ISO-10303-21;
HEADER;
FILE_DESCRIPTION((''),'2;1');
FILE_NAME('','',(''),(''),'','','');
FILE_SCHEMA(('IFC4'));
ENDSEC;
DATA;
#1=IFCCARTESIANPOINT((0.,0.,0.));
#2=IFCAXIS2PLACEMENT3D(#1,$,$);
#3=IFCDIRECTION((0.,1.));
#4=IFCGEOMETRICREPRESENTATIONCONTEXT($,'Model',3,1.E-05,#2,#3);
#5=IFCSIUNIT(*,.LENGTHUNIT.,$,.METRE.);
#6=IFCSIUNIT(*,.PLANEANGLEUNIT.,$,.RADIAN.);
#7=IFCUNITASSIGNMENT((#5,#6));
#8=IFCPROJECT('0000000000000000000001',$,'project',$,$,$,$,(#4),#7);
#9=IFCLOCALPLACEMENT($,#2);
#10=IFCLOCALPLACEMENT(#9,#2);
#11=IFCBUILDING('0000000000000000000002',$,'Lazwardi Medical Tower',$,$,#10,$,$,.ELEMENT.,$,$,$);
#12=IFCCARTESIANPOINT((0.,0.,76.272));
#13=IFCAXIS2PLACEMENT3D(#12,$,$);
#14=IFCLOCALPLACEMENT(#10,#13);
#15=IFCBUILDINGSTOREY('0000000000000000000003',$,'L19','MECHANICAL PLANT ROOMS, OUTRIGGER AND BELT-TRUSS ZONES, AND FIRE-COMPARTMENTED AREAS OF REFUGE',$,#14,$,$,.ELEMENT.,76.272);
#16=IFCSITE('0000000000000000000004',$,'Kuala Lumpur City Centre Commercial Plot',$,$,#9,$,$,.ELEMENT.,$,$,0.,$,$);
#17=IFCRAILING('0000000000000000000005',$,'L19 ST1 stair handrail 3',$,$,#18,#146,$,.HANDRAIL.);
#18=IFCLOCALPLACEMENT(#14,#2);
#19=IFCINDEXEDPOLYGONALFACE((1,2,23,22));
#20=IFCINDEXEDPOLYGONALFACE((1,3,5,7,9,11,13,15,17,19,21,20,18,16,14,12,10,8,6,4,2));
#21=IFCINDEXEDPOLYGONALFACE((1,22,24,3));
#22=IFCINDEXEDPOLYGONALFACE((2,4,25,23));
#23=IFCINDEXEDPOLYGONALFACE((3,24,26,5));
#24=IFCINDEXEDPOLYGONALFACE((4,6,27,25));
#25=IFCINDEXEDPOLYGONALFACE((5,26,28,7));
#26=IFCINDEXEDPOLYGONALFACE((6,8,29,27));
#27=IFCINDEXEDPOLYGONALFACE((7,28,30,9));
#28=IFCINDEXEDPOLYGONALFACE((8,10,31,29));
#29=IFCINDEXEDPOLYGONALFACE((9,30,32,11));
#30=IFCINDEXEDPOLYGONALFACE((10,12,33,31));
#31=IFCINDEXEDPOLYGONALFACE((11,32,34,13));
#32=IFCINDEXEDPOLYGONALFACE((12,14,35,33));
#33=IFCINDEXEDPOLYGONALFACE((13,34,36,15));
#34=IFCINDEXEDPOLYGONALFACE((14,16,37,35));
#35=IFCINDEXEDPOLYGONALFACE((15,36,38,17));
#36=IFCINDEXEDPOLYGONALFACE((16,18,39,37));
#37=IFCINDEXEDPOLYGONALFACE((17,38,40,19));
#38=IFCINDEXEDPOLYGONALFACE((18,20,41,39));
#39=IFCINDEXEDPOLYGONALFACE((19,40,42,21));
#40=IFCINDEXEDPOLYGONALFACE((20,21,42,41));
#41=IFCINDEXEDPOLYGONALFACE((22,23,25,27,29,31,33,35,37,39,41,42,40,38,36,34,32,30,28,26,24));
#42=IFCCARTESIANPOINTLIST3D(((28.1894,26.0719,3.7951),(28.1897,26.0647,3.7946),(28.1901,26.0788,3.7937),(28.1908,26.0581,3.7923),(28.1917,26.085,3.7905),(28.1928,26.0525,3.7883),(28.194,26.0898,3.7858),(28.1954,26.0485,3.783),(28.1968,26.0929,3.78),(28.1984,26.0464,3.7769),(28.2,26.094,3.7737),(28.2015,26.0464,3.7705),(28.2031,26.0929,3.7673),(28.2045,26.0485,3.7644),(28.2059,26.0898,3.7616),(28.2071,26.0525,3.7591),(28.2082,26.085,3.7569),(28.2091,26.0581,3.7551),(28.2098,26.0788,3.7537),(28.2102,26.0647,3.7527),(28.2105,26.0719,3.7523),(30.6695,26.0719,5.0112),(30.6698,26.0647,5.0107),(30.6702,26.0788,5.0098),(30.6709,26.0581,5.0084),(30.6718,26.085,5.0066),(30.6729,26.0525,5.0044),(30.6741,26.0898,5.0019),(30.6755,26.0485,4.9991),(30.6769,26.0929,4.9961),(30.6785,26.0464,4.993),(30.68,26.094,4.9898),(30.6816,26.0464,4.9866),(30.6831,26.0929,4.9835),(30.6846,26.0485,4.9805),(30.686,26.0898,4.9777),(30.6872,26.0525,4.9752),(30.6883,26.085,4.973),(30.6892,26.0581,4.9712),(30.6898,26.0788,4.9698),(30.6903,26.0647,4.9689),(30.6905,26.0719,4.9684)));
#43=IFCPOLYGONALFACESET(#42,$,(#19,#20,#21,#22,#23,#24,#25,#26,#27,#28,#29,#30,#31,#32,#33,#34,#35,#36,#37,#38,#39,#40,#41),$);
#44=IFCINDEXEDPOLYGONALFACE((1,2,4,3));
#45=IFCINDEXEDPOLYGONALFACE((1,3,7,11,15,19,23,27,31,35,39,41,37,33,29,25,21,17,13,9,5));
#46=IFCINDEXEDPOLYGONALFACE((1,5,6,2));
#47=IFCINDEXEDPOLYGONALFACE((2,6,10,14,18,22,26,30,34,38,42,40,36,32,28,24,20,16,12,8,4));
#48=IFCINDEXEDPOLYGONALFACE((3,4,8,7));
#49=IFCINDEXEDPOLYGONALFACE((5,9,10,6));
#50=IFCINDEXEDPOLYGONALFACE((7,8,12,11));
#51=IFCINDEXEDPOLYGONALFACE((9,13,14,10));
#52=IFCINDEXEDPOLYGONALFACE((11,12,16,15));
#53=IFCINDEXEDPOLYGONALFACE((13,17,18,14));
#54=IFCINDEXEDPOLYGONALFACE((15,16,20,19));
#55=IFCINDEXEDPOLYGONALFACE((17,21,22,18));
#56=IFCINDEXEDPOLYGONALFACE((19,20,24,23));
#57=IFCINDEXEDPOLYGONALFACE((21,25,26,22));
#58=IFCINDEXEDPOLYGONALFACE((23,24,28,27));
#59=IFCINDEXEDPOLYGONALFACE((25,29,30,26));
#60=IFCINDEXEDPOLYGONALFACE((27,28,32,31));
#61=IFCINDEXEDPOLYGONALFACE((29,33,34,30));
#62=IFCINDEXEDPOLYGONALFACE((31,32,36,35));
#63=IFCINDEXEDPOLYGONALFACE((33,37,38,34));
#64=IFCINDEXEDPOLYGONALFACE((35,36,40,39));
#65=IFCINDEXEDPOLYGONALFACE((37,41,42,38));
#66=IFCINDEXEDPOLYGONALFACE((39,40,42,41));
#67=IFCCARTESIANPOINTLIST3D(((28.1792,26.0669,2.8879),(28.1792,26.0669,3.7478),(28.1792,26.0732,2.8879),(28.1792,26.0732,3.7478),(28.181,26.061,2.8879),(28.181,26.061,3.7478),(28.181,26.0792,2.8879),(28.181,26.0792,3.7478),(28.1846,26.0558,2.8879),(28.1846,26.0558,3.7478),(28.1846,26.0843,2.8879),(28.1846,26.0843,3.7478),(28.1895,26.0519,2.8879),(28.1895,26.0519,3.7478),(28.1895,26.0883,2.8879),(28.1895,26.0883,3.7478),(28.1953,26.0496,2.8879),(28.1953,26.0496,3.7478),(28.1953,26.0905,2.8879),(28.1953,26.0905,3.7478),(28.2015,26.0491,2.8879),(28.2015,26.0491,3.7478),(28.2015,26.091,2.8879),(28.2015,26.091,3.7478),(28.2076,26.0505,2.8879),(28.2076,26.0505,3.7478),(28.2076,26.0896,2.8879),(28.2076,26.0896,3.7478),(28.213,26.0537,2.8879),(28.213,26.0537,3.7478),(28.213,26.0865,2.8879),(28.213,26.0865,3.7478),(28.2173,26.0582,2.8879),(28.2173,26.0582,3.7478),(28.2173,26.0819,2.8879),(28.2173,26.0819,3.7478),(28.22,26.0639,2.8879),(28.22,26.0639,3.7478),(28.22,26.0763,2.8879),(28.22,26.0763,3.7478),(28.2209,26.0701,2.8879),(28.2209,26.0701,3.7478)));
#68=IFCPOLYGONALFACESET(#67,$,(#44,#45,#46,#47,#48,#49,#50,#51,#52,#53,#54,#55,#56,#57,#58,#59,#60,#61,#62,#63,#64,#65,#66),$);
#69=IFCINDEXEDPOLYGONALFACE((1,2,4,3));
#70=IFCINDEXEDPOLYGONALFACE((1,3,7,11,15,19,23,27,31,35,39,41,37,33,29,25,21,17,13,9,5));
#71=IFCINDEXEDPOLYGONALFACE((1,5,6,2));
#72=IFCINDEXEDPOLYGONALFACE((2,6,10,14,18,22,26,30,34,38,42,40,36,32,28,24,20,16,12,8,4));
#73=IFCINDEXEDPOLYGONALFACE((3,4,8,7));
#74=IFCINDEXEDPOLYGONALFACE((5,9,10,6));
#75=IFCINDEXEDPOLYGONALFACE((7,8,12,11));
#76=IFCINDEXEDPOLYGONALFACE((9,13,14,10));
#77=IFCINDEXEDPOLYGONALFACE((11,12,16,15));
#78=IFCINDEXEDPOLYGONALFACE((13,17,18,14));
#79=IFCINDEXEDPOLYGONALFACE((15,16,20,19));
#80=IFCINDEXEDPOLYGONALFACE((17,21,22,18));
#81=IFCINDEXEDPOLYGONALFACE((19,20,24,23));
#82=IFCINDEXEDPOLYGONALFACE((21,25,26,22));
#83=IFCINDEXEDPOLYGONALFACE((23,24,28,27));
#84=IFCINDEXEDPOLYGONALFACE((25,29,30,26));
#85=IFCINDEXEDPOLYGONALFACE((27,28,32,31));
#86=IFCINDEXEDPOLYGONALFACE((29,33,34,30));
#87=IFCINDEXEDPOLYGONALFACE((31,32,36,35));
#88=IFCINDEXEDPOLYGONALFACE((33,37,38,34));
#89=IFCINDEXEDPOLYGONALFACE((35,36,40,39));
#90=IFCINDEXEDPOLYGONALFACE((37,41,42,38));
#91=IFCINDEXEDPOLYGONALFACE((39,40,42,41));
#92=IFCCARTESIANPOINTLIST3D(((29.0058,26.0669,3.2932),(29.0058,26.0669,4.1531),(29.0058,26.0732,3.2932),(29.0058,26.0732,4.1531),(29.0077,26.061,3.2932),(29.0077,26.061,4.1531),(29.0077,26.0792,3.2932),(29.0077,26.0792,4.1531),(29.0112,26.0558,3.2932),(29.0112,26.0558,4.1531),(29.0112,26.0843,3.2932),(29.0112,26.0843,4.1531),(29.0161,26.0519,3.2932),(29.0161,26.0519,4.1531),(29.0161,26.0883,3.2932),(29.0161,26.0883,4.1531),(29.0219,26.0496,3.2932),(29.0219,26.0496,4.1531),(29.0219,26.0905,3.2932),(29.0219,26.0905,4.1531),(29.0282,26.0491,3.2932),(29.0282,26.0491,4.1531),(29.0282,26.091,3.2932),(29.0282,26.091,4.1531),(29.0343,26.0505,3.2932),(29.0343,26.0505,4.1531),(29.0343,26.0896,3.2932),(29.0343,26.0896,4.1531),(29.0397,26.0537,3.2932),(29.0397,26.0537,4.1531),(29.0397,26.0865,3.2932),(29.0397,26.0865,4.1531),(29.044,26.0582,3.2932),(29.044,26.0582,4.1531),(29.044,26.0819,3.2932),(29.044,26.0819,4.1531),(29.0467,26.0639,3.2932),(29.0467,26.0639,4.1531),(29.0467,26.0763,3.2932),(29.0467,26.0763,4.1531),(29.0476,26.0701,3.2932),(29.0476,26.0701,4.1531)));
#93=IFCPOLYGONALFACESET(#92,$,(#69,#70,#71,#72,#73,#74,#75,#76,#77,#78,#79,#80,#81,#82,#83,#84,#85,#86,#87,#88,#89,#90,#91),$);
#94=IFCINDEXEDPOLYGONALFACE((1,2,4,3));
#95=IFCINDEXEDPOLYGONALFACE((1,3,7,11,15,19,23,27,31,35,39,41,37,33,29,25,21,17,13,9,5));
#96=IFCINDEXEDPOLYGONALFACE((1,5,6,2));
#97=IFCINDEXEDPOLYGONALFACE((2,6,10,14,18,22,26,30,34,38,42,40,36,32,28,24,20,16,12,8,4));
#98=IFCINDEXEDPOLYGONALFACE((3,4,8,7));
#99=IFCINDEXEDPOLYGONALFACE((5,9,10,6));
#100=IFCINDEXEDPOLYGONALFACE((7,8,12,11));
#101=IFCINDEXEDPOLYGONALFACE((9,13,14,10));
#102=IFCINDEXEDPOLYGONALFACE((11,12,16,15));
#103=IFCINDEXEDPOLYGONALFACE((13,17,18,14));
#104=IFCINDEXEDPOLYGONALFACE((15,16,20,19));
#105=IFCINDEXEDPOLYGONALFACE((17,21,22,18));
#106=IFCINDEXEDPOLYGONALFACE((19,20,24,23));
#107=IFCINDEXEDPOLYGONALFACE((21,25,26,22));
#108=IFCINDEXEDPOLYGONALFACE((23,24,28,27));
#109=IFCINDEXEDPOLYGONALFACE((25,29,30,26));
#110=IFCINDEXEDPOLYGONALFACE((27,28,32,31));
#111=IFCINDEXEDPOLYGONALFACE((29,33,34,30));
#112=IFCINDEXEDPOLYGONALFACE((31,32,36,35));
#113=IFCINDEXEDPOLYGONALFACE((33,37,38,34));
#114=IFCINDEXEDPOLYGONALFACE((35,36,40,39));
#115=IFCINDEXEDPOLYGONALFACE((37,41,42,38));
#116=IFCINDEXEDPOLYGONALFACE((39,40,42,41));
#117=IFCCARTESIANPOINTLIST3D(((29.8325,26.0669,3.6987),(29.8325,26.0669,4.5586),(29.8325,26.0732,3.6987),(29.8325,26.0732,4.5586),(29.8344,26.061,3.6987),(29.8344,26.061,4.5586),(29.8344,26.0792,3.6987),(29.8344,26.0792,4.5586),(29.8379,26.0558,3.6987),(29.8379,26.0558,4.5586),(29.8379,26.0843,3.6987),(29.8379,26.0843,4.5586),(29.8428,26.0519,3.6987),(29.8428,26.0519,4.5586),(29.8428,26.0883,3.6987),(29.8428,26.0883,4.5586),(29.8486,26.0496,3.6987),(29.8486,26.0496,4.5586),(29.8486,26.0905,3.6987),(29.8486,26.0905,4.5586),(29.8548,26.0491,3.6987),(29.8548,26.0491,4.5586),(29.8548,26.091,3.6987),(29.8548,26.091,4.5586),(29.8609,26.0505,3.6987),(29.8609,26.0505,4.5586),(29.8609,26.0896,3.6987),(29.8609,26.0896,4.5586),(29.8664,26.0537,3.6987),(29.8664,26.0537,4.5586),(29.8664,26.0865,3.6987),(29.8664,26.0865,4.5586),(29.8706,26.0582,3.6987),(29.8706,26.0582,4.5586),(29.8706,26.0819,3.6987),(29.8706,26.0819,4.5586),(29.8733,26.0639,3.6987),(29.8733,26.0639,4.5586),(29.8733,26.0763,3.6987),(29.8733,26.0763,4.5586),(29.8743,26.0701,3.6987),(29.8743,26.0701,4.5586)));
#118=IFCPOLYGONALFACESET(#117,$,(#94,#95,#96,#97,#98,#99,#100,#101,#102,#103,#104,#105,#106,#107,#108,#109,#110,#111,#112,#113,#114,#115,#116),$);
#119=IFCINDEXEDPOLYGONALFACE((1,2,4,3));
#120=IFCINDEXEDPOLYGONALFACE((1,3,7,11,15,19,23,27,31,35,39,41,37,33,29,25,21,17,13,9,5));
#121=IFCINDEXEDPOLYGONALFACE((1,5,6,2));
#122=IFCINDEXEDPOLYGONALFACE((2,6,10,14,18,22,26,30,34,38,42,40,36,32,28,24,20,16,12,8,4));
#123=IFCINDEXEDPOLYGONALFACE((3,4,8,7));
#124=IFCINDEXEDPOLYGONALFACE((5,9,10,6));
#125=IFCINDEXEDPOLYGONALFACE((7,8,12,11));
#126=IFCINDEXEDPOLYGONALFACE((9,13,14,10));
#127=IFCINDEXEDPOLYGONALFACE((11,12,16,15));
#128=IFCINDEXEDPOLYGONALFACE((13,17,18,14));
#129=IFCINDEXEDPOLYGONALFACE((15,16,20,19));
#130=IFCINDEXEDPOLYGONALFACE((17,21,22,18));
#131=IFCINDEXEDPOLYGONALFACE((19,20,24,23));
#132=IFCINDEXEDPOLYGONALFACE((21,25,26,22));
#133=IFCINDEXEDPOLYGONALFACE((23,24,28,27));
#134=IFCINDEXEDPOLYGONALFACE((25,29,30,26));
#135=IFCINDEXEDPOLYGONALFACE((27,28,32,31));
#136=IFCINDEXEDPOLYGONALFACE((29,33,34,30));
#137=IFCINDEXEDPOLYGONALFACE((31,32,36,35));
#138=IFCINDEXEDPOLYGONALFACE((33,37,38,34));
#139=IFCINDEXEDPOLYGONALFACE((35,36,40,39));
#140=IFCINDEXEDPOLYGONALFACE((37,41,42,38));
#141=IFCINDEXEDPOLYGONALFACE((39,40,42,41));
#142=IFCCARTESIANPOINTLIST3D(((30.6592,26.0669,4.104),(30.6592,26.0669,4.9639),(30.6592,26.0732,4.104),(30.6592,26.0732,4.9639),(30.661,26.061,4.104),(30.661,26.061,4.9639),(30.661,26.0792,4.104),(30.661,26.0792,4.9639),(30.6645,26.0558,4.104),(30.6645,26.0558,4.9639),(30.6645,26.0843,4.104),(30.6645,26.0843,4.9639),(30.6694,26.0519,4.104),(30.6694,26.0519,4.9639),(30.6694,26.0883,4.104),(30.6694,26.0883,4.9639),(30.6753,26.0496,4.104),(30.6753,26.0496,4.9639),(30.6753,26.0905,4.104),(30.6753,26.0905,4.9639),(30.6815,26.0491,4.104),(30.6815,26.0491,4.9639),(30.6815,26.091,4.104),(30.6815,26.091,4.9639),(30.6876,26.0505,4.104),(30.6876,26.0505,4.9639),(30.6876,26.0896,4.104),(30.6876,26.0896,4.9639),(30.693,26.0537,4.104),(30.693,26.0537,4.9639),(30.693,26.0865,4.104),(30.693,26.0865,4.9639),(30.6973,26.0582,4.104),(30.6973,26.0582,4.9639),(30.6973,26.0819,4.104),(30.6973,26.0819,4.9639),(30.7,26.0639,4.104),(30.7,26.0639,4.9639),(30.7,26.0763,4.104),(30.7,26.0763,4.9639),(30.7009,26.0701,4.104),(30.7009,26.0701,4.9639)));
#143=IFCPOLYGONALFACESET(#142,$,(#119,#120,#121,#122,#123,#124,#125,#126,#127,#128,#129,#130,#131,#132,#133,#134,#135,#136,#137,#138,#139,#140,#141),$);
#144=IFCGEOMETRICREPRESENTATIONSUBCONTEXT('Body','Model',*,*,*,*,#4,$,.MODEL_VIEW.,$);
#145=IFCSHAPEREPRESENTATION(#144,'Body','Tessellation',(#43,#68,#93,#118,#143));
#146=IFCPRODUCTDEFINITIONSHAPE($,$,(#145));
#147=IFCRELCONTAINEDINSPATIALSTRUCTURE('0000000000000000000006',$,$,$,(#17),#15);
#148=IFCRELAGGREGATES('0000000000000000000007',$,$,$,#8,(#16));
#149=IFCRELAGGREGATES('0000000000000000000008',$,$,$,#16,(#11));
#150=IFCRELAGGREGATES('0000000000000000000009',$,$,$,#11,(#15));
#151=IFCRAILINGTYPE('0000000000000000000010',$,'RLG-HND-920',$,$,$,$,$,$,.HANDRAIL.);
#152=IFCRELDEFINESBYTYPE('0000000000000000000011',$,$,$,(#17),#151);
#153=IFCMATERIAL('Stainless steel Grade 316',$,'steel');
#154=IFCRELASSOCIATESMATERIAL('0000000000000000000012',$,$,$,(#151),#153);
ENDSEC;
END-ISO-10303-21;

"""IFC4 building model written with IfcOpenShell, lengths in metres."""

from ifc_helpers import new_model, si_unit, direction, frame, origin, origin_2d, place, context, subcontext, project, spatial, circle, extrude, material, type_object, element, save


model = new_model("IFC4")

# Units and contexts
model_context = context("Model", 3, precision=1e-05, world=origin(), true_north=direction((0.0, 1.0)))
body_context = subcontext(model_context, "Body", "Model", "MODEL_VIEW")
ifc_project = project(units=[si_unit("LENGTHUNIT", "METRE"), si_unit("PLANEANGLEUNIT", "RADIAN")], contexts=[model_context])

# Site, building, storey
site_placement = place(None, origin())
site = spatial("IfcSite", under=ifc_project, at=site_placement, Name="Kuala Lumpur City Centre Commercial Plot", CompositionType="ELEMENT", RefElevation=0.0)
building_placement = place(site_placement, origin())
building = spatial("IfcBuilding", under=site, at=building_placement, Name="Lazwardi Medical Tower", CompositionType="ELEMENT")
storey_placement = place(building_placement, frame((0.0, 0.0, 76.272)))
storey = spatial("IfcBuildingStorey", under=building, at=storey_placement, Name="L19", Description="MECHANICAL PLANT ROOMS, OUTRIGGER AND BELT-TRUSS ZONES, AND FIRE-COMPARTMENTED AREAS OF REFUGE", CompositionType="ELEMENT", Elevation=76.272)

# Railing
ifc_material_1 = material(Name="Stainless steel Grade 316", Category="steel")
railing_type = type_object("IfcRailingType", Name="RLG-HND-920", PredefinedType="HANDRAIL", material=ifc_material_1)
railing_1_placement = place(storey_placement, frame((28.2, 26.0701, 2.8879)))
element("IfcRailing", 1, at=railing_1_placement, inside=storey, type_object=railing_type, Name="L19 ST1 stair handrail 3", PredefinedType="HANDRAIL", context=body_context, shape_type="SweptSolid", body=[
    extrude(circle(Radius=0.0239, at=origin_2d()), frame((0.0, 0.0, 0.8857), z_axis=(0.897865, 0.0, 0.44027), x_axis=(0.0, 1.0, 0.0)), (0.0, 0.0, 1.0), 2.7622),
    extrude(circle(Radius=0.021, at=origin_2d()), origin(), (0.0, 0.0, 1.0), 0.8599),
    extrude(circle(Radius=0.021, at=origin_2d()), frame((0.8267, 0.0, 0.4053)), (0.0, 0.0, 1.0), 0.8599),
    extrude(circle(Radius=0.021, at=origin_2d()), frame((1.6533, 0.0, 0.8108)), (0.0, 0.0, 1.0), 0.8599),
    extrude(circle(Radius=0.021, at=origin_2d()), frame((2.48, 0.0, 1.2161)), (0.0, 0.0, 1.0), 0.8599),
])

save(model, "model.ifc")
